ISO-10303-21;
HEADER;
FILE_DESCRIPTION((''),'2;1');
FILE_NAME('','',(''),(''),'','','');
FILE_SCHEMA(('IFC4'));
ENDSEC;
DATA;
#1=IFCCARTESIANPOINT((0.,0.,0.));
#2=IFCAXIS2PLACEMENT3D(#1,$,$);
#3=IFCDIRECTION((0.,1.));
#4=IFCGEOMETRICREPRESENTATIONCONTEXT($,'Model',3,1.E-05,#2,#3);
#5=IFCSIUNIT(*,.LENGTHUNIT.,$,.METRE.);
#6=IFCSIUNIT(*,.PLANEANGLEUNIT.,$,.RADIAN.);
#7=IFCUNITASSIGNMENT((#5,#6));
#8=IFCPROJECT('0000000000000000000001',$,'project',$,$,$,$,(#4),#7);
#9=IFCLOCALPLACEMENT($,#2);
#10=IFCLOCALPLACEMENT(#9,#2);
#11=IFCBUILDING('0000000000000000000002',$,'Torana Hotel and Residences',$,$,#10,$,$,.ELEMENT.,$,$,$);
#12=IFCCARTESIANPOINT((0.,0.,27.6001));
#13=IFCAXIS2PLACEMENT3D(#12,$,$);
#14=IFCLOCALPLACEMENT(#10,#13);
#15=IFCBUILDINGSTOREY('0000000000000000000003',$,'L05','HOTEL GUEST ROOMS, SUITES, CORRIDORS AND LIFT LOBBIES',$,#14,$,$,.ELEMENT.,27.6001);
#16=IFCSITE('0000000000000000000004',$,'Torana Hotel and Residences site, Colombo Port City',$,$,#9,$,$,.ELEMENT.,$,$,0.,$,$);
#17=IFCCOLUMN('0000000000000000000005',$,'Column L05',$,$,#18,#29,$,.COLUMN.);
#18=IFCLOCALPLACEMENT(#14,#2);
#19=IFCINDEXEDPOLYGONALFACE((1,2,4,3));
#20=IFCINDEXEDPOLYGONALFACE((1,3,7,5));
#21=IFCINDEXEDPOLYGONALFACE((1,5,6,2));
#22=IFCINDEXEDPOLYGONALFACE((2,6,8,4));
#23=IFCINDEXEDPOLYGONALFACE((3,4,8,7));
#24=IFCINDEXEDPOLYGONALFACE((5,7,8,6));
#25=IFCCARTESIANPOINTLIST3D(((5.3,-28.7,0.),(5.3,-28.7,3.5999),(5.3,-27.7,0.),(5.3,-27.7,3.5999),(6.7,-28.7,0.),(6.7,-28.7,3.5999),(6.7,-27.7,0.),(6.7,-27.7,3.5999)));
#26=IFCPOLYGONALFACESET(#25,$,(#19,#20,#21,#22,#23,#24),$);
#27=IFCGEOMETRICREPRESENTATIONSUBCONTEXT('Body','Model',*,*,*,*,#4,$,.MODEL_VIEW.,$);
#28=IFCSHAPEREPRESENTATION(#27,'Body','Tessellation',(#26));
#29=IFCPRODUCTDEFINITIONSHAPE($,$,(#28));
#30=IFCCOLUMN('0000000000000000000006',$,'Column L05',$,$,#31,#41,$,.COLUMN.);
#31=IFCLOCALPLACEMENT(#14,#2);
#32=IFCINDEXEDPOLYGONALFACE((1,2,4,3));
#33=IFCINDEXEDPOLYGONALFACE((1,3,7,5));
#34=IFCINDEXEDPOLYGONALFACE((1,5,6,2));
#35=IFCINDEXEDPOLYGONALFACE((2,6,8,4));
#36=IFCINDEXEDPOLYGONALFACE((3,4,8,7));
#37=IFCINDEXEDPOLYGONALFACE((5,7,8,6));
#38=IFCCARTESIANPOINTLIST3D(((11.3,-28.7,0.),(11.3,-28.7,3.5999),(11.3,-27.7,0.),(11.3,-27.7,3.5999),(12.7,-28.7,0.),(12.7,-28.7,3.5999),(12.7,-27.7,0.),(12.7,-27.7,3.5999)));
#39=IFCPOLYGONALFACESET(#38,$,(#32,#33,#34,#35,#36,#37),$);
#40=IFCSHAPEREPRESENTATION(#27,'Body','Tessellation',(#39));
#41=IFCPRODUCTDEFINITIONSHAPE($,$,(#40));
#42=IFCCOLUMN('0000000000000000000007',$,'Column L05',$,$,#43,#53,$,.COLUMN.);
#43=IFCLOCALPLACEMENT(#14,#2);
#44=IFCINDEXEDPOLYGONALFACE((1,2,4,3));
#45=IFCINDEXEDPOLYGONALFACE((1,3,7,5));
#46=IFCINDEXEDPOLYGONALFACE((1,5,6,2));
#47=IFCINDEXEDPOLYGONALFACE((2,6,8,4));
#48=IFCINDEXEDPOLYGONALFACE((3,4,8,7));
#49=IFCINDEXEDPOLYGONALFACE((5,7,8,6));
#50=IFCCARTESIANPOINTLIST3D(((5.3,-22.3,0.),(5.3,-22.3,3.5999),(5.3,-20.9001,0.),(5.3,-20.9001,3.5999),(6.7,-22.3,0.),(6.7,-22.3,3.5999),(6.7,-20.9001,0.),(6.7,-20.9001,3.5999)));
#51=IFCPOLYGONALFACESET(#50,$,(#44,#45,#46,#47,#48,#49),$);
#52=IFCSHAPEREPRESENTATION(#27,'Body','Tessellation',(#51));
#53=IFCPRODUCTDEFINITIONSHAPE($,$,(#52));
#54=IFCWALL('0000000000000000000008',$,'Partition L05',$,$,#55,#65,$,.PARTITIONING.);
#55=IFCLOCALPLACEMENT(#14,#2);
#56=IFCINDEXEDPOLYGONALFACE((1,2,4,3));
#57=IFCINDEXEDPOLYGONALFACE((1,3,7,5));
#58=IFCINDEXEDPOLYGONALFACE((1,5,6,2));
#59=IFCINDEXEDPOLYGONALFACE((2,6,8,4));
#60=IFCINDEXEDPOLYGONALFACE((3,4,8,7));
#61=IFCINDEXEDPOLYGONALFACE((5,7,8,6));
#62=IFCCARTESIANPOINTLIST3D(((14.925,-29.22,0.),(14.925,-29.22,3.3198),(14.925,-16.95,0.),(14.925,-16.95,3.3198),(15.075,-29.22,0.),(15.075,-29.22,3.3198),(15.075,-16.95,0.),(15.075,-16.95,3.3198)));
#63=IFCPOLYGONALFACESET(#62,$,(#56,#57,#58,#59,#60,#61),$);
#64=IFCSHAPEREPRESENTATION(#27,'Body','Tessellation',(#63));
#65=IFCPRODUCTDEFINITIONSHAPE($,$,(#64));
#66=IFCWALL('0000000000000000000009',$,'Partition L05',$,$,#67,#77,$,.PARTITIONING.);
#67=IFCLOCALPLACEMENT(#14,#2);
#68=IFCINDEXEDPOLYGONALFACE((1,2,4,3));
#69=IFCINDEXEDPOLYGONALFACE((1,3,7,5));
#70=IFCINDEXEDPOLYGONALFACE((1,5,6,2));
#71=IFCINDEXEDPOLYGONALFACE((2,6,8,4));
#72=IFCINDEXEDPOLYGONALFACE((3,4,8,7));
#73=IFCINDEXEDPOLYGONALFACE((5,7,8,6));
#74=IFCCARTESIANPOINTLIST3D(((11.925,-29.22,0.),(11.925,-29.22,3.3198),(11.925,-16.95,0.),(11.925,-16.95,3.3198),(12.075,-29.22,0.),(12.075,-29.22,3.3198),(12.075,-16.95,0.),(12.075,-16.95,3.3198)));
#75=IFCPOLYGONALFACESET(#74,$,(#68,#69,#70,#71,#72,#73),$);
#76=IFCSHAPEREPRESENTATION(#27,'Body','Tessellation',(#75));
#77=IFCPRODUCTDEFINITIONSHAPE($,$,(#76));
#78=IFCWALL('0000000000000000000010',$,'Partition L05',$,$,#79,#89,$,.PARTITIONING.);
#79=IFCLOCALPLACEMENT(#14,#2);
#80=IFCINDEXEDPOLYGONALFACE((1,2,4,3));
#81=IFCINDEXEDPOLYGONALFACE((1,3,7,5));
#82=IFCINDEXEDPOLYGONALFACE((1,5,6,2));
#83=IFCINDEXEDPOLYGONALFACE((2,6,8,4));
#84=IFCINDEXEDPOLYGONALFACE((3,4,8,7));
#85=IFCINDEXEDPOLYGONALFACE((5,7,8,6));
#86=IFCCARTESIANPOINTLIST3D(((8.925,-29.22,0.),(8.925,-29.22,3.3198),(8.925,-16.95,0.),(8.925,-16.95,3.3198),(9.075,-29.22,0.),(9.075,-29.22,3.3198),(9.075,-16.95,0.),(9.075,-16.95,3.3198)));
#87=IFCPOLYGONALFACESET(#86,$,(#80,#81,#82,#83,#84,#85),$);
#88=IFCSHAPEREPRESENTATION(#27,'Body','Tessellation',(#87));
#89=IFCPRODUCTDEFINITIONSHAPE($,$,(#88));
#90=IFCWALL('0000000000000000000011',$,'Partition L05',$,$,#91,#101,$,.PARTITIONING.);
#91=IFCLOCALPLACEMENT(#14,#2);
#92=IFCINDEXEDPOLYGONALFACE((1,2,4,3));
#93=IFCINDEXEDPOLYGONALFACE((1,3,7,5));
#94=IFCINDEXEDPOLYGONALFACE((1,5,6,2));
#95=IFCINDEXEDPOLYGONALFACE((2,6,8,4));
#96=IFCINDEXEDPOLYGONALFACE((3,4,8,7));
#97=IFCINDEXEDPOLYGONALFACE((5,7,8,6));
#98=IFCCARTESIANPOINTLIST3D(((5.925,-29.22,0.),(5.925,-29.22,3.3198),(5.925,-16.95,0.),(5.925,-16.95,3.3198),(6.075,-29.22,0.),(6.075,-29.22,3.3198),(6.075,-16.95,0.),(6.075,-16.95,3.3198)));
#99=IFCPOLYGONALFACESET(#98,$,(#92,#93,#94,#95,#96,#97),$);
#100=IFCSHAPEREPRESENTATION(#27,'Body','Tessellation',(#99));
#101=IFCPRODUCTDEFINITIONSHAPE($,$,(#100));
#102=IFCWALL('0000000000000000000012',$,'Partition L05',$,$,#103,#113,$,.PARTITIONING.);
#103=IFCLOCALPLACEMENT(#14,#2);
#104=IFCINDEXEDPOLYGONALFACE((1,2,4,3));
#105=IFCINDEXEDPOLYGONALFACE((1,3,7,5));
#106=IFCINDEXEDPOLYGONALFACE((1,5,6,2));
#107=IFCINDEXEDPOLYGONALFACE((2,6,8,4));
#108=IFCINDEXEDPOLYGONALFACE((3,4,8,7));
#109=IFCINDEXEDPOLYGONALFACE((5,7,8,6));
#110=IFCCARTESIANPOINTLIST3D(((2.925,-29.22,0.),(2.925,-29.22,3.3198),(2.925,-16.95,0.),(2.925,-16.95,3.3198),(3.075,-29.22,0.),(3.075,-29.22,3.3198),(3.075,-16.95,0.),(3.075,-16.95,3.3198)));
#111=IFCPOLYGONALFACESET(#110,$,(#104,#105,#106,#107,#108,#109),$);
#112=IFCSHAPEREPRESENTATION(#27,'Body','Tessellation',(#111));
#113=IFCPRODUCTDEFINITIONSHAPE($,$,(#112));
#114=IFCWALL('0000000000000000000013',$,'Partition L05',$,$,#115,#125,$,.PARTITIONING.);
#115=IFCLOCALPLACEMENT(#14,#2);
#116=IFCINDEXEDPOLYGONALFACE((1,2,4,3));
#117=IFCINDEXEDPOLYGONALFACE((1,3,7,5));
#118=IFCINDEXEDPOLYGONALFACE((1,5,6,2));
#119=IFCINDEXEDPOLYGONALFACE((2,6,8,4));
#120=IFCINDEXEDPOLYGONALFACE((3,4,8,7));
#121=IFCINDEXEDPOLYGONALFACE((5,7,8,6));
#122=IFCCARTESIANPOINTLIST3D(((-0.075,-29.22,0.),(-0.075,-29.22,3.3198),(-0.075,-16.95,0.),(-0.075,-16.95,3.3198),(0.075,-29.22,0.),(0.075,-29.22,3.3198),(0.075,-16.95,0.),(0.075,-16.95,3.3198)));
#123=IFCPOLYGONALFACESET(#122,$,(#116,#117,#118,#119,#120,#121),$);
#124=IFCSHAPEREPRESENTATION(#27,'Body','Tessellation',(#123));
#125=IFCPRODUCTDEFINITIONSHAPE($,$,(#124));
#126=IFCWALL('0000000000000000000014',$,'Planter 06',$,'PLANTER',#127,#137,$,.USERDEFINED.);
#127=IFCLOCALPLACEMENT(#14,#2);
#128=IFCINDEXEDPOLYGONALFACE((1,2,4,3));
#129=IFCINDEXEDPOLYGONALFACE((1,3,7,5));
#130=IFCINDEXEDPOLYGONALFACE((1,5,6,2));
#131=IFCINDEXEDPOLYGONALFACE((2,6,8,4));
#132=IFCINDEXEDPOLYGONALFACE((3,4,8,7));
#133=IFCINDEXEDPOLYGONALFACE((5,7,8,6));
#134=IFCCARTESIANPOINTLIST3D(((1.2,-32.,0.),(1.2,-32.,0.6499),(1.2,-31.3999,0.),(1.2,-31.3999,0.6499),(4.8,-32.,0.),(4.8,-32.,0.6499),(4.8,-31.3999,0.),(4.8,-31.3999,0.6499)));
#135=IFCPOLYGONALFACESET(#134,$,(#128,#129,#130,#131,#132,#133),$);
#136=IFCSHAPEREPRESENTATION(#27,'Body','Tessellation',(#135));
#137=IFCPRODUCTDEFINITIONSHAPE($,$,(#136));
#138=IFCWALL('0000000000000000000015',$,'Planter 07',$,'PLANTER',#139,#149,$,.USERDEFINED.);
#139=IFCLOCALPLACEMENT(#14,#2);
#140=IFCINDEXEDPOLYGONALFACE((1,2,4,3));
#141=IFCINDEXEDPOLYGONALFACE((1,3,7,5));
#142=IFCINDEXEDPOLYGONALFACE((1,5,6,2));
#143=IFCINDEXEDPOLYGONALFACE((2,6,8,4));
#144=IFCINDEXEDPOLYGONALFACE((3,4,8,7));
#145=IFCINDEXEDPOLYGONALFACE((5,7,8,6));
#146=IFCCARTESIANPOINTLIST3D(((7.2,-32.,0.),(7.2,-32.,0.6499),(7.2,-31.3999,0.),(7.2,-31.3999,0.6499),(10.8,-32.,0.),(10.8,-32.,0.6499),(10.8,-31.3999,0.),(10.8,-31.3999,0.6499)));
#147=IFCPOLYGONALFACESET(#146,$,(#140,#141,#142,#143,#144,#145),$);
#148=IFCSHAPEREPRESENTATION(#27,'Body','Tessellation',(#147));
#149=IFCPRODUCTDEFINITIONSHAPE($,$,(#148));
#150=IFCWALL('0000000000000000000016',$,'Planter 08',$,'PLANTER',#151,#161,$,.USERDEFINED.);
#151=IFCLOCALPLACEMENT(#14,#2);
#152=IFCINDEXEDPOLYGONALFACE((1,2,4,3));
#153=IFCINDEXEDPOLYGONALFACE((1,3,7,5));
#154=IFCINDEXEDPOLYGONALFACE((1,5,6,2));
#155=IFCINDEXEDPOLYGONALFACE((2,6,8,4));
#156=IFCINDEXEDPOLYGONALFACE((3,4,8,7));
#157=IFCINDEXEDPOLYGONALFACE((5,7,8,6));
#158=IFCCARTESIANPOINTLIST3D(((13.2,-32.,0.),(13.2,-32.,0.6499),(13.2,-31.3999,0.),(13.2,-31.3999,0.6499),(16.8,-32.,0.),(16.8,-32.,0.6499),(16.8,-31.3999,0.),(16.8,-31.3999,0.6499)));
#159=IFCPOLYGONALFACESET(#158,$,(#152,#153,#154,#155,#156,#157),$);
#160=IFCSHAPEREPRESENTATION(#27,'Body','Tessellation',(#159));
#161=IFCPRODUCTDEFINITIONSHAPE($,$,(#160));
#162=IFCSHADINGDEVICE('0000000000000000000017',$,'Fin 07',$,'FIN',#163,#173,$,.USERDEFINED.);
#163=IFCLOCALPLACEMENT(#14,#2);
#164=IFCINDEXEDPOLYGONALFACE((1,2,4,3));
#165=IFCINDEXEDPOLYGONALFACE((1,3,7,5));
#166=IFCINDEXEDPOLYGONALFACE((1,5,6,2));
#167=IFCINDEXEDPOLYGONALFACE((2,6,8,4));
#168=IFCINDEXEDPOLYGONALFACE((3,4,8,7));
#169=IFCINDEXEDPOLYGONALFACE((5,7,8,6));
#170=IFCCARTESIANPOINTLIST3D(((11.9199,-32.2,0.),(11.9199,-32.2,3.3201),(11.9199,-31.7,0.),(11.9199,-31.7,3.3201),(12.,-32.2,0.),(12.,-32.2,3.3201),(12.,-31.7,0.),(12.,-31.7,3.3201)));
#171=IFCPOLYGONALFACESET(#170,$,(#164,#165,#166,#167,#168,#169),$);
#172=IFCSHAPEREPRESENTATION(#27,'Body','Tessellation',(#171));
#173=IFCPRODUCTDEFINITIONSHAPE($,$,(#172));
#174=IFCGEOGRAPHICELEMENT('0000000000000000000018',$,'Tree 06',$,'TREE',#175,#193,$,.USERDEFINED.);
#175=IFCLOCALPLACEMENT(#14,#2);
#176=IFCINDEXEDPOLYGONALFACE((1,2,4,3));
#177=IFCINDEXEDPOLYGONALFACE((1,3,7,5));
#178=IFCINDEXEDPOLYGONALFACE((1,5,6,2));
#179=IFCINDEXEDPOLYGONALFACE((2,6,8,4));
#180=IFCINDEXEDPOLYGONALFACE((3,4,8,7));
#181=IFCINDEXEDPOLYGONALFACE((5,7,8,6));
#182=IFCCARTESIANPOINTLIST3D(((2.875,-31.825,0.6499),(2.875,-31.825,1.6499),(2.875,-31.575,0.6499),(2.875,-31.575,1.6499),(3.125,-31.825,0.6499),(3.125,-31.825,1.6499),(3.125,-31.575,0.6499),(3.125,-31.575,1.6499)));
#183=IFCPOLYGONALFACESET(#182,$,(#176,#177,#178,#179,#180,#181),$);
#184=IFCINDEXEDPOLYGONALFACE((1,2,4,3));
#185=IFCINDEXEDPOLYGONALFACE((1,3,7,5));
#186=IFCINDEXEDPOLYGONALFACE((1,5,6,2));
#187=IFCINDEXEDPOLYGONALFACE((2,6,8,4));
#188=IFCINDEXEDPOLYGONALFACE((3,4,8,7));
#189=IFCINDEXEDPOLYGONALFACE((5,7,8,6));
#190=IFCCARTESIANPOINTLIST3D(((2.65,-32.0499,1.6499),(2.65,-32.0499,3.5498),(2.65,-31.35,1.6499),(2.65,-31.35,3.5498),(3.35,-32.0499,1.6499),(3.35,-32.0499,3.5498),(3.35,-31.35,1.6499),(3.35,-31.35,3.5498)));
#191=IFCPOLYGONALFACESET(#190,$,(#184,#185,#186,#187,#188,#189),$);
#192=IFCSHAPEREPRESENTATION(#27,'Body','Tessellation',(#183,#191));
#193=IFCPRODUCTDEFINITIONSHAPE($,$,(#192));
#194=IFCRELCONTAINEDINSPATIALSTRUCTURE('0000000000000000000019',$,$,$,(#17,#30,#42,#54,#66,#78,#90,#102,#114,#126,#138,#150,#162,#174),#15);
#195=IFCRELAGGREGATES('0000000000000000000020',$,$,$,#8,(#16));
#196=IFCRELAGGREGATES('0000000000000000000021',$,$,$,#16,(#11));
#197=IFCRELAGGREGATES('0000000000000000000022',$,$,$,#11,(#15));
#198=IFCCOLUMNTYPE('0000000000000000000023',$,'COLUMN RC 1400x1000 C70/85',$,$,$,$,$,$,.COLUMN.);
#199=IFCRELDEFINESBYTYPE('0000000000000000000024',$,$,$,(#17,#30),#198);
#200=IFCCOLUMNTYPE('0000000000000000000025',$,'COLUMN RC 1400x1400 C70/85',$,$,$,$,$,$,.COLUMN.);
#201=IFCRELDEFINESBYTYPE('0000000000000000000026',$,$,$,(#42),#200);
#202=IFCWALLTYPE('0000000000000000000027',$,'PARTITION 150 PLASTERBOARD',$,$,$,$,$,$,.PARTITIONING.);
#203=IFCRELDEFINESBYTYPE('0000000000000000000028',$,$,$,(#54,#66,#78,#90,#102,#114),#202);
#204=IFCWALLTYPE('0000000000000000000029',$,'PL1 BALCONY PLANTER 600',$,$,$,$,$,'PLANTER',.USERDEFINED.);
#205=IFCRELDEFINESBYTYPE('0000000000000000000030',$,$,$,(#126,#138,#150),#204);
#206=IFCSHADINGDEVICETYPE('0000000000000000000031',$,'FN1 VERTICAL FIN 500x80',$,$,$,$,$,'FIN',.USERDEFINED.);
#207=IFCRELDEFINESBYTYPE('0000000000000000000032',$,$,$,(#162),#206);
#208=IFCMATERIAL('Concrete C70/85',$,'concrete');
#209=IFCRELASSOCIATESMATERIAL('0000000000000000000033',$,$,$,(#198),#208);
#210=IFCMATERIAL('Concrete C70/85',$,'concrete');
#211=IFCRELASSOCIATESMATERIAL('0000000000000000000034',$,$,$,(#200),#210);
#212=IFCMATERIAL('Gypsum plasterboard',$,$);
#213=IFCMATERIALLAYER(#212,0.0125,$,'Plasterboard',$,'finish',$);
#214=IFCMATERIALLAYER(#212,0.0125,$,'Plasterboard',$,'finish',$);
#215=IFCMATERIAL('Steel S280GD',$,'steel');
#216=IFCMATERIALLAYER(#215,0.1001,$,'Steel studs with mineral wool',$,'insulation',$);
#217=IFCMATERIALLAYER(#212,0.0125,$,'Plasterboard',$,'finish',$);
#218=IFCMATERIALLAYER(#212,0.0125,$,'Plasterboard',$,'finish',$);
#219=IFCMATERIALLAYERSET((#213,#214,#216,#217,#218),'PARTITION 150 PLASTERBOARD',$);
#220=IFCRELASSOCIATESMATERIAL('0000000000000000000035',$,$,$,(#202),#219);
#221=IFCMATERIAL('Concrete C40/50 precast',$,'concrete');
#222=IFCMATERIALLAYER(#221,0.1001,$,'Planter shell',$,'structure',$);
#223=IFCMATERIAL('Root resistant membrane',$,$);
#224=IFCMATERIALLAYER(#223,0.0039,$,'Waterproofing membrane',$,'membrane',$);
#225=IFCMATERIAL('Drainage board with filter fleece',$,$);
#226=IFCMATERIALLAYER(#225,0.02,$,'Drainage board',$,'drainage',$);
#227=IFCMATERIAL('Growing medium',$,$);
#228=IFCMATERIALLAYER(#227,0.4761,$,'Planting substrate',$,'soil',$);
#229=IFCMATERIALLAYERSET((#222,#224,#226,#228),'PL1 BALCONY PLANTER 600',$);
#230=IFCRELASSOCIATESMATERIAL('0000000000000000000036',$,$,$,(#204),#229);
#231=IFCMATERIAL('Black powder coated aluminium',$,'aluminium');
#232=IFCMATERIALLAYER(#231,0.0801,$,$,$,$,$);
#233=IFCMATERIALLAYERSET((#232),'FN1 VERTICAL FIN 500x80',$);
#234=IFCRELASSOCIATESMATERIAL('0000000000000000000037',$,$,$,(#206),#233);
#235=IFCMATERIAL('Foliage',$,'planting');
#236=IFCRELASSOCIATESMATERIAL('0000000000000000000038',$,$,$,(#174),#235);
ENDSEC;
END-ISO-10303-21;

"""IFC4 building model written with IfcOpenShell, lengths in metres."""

from ifc_helpers import new_model, si_unit, direction, frame, frame_2d, origin, origin_2d, place, context, subcontext, project, spatial, rectangle, extrude, material, layer, layer_set, material_profile, profile_set, type_object, element, save


model = new_model("IFC4")

# Units and contexts
model_context = context("Model", 3, precision=1e-05, world=origin(), true_north=direction((0.0, 1.0)))
body_context = subcontext(model_context, "Body", "Model", "MODEL_VIEW")
ifc_project = project(units=[si_unit("LENGTHUNIT", "METRE"), si_unit("PLANEANGLEUNIT", "RADIAN")], contexts=[model_context])

# Site, building, storey
site_placement = place(None, origin())
site = spatial("IfcSite", under=ifc_project, at=site_placement, Name="Torana Hotel and Residences site, Colombo Port City", CompositionType="ELEMENT", RefElevation=0.0)
building_placement = place(site_placement, origin())
building = spatial("IfcBuilding", under=site, at=building_placement, Name="Torana Hotel and Residences", CompositionType="ELEMENT")
storey_placement = place(building_placement, frame((0.0, 0.0, 27.6001)))
storey = spatial("IfcBuildingStorey", under=building, at=storey_placement, Name="L05", Description="HOTEL GUEST ROOMS, SUITES, CORRIDORS AND LIFT LOBBIES", CompositionType="ELEMENT", Elevation=27.6001)

# Columns
ifc_material_1 = material(Name="Concrete C70/85", Category="concrete")
ifc_material_profile_1 = material_profile(ifc_material_1, rectangle(XDim=1.3999, YDim=1.0, at=origin_2d()), Name="RC 1400x1000")
ifc_profile_set_1 = profile_set([ifc_material_profile_1], Name="Concrete C70/85")
column_type_1 = type_object("IfcColumnType", Name="COLUMN RC 1400x1000 C70/85", PredefinedType="COLUMN", material=ifc_profile_set_1)
for number, where, z_axis, x_axis, name in (
    (1, (6.0, -28.2, 0.0), (0.0, 0.0, 1.0), (1.0, 0.0, 0.0), "Column L05"),
    (2, (12.0, -28.2, 0.0), (0.0, 0.0, 1.0), (1.0, 0.0, 0.0), "Column L05"),
):
    element("IfcColumn", number, at=place(storey_placement, frame(where, z_axis=z_axis, x_axis=x_axis)), inside=storey, type_object=column_type_1, Name=name, PredefinedType="COLUMN", context=body_context, shape_type="SweptSolid", body=[
        extrude(rectangle(XDim=1.3999, YDim=1.0, at=origin_2d()), origin(), (0.0, 0.0, 1.0), 3.5999),
    ])
ifc_material_2 = material(Name="Concrete C70/85", Category="concrete")
ifc_material_profile_2 = material_profile(ifc_material_2, rectangle(XDim=1.3999, YDim=1.3999, at=origin_2d()), Name="RC 1400x1400")
ifc_profile_set_2 = profile_set([ifc_material_profile_2], Name="Concrete C70/85")
column_type_2 = type_object("IfcColumnType", Name="COLUMN RC 1400x1400 C70/85", PredefinedType="COLUMN", material=ifc_profile_set_2)
column_placement = place(storey_placement, frame((6.0, -21.6001, 0.0), z_axis=(0.0, 0.0, 1.0), x_axis=(1.0, 0.0, 0.0)))
element("IfcColumn", 3, at=column_placement, inside=storey, type_object=column_type_2, Name="Column L05", PredefinedType="COLUMN", context=body_context, shape_type="SweptSolid", body=[
    extrude(rectangle(XDim=1.3999, YDim=1.3999, at=origin_2d()), origin(), (0.0, 0.0, 1.0), 3.5999),
])

# Walls
ifc_material_3 = material(Name="Gypsum plasterboard")
ifc_layer_1 = layer(ifc_material_3, 0.0125, Name="Plasterboard", Category="finish")
ifc_layer_2 = layer(ifc_material_3, 0.0125, Name="Plasterboard", Category="finish")
ifc_material_4 = material(Name="Steel S280GD", Category="steel")
ifc_layer_3 = layer(ifc_material_4, 0.1001, Name="Steel studs with mineral wool", Category="insulation")
ifc_layer_4 = layer(ifc_material_3, 0.0125, Name="Plasterboard", Category="finish")
ifc_layer_5 = layer(ifc_material_3, 0.0125, Name="Plasterboard", Category="finish")
ifc_layer_set_1 = layer_set([ifc_layer_1, ifc_layer_2, ifc_layer_3, ifc_layer_4, ifc_layer_5], Name="PARTITION 150 PLASTERBOARD")
wall_type_1 = type_object("IfcWallType", Name="PARTITION 150 PLASTERBOARD", PredefinedType="PARTITIONING", material=ifc_layer_set_1)
for number, where, z_axis, x_axis, name in (
    (4, (15.0, -29.22, 0.0), (0.0, 0.0, 1.0), (0.0, 1.0, 0.0), "Partition L05"),
    (5, (12.0, -29.22, 0.0), (0.0, 0.0, 1.0), (0.0, 1.0, 0.0), "Partition L05"),
    (6, (9.0, -29.22, 0.0), (0.0, 0.0, 1.0), (0.0, 1.0, 0.0), "Partition L05"),
    (7, (6.0, -29.22, 0.0), (0.0, 0.0, 1.0), (0.0, 1.0, 0.0), "Partition L05"),
    (8, (3.0, -29.22, 0.0), (0.0, 0.0, 1.0), (0.0, 1.0, 0.0), "Partition L05"),
    (9, (0.0, -29.22, 0.0), (0.0, 0.0, 1.0), (0.0, 1.0, 0.0), "Partition L05"),
):
    element("IfcWall", number, at=place(storey_placement, frame(where, z_axis=z_axis, x_axis=x_axis)), inside=storey, type_object=wall_type_1, Name=name, PredefinedType="PARTITIONING", context=body_context, shape_type="SweptSolid", body=[
        extrude(rectangle(XDim=12.27, YDim=0.1499, at=frame_2d((6.135, 0.0))), origin(), (0.0, 0.0, 1.0), 3.3198),
    ])
ifc_material_5 = material(Name="Concrete C40/50 precast", Category="concrete")
ifc_layer_6 = layer(ifc_material_5, 0.1001, Name="Planter shell", Category="structure")
ifc_material_6 = material(Name="Root resistant membrane")
ifc_layer_7 = layer(ifc_material_6, 0.0039, Name="Waterproofing membrane", Category="membrane")
ifc_material_7 = material(Name="Drainage board with filter fleece")
ifc_layer_8 = layer(ifc_material_7, 0.02, Name="Drainage board", Category="drainage")
ifc_material_8 = material(Name="Growing medium")
ifc_layer_9 = layer(ifc_material_8, 0.4761, Name="Planting substrate", Category="soil")
ifc_layer_set_2 = layer_set([ifc_layer_6, ifc_layer_7, ifc_layer_8, ifc_layer_9], Name="PL1 BALCONY PLANTER 600")
wall_type_2 = type_object("IfcWallType", Name="PL1 BALCONY PLANTER 600", ElementType="PLANTER", PredefinedType="USERDEFINED", material=ifc_layer_set_2)
for number, where, z_axis, x_axis, name in (
    (10, (4.8, -31.7, 0.0), (0.0, 0.0, 1.0), (-1.0, 0.0, 0.0), "Planter 06"),
    (11, (10.8, -31.7, 0.0), (0.0, 0.0, 1.0), (-1.0, 0.0, 0.0), "Planter 07"),
    (12, (16.8, -31.7, 0.0), (0.0, 0.0, 1.0), (-1.0, 0.0, 0.0), "Planter 08"),
):
    element("IfcWall", number, at=place(storey_placement, frame(where, z_axis=z_axis, x_axis=x_axis)), inside=storey, type_object=wall_type_2, Name=name, ObjectType="PLANTER", PredefinedType="USERDEFINED", context=body_context, shape_type="SweptSolid", body=[
        extrude(rectangle(XDim=3.6001, YDim=0.6001, at=frame_2d((1.8, 0.0))), origin(), (0.0, 0.0, 1.0), 0.6499),
    ])

# Shading device
ifc_material_9 = material(Name="Black powder coated aluminium", Category="aluminium")
ifc_layer_10 = layer(ifc_material_9, 0.0801)
ifc_layer_set_3 = layer_set([ifc_layer_10], Name="FN1 VERTICAL FIN 500x80")
shading_device_type = type_object("IfcShadingDeviceType", Name="FN1 VERTICAL FIN 500x80", ElementType="FIN", PredefinedType="USERDEFINED", material=ifc_layer_set_3)
shading_device_placement = place(storey_placement, frame((11.96, -31.95, 0.0), z_axis=(0.0, 0.0, 1.0), x_axis=(-1.0, 0.0, 0.0)))
element("IfcShadingDevice", 13, at=shading_device_placement, inside=storey, type_object=shading_device_type, Name="Fin 07", ObjectType="FIN", PredefinedType="USERDEFINED", context=body_context, shape_type="SweptSolid", body=[
    extrude(rectangle(XDim=0.0801, YDim=0.5, at=origin_2d()), origin(), (0.0, 0.0, 1.0), 3.3201),
])

# Geographic element
ifc_material_10 = material(Name="Foliage", Category="planting")
for number, where, z_axis, x_axis, name in (
    (14, (3.0, -31.7, 0.6499), (0.0, 0.0, 1.0), (1.0, 0.0, 0.0), "Tree 06"),
):
    element("IfcGeographicElement", number, at=place(storey_placement, frame(where, z_axis=z_axis, x_axis=x_axis)), inside=storey, material=ifc_material_10, Name=name, ObjectType="TREE", PredefinedType="USERDEFINED", context=body_context, shape_type="SweptSolid", body=[
        extrude(rectangle(XDim=0.25, YDim=0.25, at=origin_2d()), origin(), (0.0, 0.0, 1.0), 1.0),
        extrude(rectangle(XDim=0.7, YDim=0.7, at=origin_2d()), frame((0.0, 0.0, 1.0)), (0.0, 0.0, 1.0), 1.8999),
    ])

save(model, "model.ifc")
